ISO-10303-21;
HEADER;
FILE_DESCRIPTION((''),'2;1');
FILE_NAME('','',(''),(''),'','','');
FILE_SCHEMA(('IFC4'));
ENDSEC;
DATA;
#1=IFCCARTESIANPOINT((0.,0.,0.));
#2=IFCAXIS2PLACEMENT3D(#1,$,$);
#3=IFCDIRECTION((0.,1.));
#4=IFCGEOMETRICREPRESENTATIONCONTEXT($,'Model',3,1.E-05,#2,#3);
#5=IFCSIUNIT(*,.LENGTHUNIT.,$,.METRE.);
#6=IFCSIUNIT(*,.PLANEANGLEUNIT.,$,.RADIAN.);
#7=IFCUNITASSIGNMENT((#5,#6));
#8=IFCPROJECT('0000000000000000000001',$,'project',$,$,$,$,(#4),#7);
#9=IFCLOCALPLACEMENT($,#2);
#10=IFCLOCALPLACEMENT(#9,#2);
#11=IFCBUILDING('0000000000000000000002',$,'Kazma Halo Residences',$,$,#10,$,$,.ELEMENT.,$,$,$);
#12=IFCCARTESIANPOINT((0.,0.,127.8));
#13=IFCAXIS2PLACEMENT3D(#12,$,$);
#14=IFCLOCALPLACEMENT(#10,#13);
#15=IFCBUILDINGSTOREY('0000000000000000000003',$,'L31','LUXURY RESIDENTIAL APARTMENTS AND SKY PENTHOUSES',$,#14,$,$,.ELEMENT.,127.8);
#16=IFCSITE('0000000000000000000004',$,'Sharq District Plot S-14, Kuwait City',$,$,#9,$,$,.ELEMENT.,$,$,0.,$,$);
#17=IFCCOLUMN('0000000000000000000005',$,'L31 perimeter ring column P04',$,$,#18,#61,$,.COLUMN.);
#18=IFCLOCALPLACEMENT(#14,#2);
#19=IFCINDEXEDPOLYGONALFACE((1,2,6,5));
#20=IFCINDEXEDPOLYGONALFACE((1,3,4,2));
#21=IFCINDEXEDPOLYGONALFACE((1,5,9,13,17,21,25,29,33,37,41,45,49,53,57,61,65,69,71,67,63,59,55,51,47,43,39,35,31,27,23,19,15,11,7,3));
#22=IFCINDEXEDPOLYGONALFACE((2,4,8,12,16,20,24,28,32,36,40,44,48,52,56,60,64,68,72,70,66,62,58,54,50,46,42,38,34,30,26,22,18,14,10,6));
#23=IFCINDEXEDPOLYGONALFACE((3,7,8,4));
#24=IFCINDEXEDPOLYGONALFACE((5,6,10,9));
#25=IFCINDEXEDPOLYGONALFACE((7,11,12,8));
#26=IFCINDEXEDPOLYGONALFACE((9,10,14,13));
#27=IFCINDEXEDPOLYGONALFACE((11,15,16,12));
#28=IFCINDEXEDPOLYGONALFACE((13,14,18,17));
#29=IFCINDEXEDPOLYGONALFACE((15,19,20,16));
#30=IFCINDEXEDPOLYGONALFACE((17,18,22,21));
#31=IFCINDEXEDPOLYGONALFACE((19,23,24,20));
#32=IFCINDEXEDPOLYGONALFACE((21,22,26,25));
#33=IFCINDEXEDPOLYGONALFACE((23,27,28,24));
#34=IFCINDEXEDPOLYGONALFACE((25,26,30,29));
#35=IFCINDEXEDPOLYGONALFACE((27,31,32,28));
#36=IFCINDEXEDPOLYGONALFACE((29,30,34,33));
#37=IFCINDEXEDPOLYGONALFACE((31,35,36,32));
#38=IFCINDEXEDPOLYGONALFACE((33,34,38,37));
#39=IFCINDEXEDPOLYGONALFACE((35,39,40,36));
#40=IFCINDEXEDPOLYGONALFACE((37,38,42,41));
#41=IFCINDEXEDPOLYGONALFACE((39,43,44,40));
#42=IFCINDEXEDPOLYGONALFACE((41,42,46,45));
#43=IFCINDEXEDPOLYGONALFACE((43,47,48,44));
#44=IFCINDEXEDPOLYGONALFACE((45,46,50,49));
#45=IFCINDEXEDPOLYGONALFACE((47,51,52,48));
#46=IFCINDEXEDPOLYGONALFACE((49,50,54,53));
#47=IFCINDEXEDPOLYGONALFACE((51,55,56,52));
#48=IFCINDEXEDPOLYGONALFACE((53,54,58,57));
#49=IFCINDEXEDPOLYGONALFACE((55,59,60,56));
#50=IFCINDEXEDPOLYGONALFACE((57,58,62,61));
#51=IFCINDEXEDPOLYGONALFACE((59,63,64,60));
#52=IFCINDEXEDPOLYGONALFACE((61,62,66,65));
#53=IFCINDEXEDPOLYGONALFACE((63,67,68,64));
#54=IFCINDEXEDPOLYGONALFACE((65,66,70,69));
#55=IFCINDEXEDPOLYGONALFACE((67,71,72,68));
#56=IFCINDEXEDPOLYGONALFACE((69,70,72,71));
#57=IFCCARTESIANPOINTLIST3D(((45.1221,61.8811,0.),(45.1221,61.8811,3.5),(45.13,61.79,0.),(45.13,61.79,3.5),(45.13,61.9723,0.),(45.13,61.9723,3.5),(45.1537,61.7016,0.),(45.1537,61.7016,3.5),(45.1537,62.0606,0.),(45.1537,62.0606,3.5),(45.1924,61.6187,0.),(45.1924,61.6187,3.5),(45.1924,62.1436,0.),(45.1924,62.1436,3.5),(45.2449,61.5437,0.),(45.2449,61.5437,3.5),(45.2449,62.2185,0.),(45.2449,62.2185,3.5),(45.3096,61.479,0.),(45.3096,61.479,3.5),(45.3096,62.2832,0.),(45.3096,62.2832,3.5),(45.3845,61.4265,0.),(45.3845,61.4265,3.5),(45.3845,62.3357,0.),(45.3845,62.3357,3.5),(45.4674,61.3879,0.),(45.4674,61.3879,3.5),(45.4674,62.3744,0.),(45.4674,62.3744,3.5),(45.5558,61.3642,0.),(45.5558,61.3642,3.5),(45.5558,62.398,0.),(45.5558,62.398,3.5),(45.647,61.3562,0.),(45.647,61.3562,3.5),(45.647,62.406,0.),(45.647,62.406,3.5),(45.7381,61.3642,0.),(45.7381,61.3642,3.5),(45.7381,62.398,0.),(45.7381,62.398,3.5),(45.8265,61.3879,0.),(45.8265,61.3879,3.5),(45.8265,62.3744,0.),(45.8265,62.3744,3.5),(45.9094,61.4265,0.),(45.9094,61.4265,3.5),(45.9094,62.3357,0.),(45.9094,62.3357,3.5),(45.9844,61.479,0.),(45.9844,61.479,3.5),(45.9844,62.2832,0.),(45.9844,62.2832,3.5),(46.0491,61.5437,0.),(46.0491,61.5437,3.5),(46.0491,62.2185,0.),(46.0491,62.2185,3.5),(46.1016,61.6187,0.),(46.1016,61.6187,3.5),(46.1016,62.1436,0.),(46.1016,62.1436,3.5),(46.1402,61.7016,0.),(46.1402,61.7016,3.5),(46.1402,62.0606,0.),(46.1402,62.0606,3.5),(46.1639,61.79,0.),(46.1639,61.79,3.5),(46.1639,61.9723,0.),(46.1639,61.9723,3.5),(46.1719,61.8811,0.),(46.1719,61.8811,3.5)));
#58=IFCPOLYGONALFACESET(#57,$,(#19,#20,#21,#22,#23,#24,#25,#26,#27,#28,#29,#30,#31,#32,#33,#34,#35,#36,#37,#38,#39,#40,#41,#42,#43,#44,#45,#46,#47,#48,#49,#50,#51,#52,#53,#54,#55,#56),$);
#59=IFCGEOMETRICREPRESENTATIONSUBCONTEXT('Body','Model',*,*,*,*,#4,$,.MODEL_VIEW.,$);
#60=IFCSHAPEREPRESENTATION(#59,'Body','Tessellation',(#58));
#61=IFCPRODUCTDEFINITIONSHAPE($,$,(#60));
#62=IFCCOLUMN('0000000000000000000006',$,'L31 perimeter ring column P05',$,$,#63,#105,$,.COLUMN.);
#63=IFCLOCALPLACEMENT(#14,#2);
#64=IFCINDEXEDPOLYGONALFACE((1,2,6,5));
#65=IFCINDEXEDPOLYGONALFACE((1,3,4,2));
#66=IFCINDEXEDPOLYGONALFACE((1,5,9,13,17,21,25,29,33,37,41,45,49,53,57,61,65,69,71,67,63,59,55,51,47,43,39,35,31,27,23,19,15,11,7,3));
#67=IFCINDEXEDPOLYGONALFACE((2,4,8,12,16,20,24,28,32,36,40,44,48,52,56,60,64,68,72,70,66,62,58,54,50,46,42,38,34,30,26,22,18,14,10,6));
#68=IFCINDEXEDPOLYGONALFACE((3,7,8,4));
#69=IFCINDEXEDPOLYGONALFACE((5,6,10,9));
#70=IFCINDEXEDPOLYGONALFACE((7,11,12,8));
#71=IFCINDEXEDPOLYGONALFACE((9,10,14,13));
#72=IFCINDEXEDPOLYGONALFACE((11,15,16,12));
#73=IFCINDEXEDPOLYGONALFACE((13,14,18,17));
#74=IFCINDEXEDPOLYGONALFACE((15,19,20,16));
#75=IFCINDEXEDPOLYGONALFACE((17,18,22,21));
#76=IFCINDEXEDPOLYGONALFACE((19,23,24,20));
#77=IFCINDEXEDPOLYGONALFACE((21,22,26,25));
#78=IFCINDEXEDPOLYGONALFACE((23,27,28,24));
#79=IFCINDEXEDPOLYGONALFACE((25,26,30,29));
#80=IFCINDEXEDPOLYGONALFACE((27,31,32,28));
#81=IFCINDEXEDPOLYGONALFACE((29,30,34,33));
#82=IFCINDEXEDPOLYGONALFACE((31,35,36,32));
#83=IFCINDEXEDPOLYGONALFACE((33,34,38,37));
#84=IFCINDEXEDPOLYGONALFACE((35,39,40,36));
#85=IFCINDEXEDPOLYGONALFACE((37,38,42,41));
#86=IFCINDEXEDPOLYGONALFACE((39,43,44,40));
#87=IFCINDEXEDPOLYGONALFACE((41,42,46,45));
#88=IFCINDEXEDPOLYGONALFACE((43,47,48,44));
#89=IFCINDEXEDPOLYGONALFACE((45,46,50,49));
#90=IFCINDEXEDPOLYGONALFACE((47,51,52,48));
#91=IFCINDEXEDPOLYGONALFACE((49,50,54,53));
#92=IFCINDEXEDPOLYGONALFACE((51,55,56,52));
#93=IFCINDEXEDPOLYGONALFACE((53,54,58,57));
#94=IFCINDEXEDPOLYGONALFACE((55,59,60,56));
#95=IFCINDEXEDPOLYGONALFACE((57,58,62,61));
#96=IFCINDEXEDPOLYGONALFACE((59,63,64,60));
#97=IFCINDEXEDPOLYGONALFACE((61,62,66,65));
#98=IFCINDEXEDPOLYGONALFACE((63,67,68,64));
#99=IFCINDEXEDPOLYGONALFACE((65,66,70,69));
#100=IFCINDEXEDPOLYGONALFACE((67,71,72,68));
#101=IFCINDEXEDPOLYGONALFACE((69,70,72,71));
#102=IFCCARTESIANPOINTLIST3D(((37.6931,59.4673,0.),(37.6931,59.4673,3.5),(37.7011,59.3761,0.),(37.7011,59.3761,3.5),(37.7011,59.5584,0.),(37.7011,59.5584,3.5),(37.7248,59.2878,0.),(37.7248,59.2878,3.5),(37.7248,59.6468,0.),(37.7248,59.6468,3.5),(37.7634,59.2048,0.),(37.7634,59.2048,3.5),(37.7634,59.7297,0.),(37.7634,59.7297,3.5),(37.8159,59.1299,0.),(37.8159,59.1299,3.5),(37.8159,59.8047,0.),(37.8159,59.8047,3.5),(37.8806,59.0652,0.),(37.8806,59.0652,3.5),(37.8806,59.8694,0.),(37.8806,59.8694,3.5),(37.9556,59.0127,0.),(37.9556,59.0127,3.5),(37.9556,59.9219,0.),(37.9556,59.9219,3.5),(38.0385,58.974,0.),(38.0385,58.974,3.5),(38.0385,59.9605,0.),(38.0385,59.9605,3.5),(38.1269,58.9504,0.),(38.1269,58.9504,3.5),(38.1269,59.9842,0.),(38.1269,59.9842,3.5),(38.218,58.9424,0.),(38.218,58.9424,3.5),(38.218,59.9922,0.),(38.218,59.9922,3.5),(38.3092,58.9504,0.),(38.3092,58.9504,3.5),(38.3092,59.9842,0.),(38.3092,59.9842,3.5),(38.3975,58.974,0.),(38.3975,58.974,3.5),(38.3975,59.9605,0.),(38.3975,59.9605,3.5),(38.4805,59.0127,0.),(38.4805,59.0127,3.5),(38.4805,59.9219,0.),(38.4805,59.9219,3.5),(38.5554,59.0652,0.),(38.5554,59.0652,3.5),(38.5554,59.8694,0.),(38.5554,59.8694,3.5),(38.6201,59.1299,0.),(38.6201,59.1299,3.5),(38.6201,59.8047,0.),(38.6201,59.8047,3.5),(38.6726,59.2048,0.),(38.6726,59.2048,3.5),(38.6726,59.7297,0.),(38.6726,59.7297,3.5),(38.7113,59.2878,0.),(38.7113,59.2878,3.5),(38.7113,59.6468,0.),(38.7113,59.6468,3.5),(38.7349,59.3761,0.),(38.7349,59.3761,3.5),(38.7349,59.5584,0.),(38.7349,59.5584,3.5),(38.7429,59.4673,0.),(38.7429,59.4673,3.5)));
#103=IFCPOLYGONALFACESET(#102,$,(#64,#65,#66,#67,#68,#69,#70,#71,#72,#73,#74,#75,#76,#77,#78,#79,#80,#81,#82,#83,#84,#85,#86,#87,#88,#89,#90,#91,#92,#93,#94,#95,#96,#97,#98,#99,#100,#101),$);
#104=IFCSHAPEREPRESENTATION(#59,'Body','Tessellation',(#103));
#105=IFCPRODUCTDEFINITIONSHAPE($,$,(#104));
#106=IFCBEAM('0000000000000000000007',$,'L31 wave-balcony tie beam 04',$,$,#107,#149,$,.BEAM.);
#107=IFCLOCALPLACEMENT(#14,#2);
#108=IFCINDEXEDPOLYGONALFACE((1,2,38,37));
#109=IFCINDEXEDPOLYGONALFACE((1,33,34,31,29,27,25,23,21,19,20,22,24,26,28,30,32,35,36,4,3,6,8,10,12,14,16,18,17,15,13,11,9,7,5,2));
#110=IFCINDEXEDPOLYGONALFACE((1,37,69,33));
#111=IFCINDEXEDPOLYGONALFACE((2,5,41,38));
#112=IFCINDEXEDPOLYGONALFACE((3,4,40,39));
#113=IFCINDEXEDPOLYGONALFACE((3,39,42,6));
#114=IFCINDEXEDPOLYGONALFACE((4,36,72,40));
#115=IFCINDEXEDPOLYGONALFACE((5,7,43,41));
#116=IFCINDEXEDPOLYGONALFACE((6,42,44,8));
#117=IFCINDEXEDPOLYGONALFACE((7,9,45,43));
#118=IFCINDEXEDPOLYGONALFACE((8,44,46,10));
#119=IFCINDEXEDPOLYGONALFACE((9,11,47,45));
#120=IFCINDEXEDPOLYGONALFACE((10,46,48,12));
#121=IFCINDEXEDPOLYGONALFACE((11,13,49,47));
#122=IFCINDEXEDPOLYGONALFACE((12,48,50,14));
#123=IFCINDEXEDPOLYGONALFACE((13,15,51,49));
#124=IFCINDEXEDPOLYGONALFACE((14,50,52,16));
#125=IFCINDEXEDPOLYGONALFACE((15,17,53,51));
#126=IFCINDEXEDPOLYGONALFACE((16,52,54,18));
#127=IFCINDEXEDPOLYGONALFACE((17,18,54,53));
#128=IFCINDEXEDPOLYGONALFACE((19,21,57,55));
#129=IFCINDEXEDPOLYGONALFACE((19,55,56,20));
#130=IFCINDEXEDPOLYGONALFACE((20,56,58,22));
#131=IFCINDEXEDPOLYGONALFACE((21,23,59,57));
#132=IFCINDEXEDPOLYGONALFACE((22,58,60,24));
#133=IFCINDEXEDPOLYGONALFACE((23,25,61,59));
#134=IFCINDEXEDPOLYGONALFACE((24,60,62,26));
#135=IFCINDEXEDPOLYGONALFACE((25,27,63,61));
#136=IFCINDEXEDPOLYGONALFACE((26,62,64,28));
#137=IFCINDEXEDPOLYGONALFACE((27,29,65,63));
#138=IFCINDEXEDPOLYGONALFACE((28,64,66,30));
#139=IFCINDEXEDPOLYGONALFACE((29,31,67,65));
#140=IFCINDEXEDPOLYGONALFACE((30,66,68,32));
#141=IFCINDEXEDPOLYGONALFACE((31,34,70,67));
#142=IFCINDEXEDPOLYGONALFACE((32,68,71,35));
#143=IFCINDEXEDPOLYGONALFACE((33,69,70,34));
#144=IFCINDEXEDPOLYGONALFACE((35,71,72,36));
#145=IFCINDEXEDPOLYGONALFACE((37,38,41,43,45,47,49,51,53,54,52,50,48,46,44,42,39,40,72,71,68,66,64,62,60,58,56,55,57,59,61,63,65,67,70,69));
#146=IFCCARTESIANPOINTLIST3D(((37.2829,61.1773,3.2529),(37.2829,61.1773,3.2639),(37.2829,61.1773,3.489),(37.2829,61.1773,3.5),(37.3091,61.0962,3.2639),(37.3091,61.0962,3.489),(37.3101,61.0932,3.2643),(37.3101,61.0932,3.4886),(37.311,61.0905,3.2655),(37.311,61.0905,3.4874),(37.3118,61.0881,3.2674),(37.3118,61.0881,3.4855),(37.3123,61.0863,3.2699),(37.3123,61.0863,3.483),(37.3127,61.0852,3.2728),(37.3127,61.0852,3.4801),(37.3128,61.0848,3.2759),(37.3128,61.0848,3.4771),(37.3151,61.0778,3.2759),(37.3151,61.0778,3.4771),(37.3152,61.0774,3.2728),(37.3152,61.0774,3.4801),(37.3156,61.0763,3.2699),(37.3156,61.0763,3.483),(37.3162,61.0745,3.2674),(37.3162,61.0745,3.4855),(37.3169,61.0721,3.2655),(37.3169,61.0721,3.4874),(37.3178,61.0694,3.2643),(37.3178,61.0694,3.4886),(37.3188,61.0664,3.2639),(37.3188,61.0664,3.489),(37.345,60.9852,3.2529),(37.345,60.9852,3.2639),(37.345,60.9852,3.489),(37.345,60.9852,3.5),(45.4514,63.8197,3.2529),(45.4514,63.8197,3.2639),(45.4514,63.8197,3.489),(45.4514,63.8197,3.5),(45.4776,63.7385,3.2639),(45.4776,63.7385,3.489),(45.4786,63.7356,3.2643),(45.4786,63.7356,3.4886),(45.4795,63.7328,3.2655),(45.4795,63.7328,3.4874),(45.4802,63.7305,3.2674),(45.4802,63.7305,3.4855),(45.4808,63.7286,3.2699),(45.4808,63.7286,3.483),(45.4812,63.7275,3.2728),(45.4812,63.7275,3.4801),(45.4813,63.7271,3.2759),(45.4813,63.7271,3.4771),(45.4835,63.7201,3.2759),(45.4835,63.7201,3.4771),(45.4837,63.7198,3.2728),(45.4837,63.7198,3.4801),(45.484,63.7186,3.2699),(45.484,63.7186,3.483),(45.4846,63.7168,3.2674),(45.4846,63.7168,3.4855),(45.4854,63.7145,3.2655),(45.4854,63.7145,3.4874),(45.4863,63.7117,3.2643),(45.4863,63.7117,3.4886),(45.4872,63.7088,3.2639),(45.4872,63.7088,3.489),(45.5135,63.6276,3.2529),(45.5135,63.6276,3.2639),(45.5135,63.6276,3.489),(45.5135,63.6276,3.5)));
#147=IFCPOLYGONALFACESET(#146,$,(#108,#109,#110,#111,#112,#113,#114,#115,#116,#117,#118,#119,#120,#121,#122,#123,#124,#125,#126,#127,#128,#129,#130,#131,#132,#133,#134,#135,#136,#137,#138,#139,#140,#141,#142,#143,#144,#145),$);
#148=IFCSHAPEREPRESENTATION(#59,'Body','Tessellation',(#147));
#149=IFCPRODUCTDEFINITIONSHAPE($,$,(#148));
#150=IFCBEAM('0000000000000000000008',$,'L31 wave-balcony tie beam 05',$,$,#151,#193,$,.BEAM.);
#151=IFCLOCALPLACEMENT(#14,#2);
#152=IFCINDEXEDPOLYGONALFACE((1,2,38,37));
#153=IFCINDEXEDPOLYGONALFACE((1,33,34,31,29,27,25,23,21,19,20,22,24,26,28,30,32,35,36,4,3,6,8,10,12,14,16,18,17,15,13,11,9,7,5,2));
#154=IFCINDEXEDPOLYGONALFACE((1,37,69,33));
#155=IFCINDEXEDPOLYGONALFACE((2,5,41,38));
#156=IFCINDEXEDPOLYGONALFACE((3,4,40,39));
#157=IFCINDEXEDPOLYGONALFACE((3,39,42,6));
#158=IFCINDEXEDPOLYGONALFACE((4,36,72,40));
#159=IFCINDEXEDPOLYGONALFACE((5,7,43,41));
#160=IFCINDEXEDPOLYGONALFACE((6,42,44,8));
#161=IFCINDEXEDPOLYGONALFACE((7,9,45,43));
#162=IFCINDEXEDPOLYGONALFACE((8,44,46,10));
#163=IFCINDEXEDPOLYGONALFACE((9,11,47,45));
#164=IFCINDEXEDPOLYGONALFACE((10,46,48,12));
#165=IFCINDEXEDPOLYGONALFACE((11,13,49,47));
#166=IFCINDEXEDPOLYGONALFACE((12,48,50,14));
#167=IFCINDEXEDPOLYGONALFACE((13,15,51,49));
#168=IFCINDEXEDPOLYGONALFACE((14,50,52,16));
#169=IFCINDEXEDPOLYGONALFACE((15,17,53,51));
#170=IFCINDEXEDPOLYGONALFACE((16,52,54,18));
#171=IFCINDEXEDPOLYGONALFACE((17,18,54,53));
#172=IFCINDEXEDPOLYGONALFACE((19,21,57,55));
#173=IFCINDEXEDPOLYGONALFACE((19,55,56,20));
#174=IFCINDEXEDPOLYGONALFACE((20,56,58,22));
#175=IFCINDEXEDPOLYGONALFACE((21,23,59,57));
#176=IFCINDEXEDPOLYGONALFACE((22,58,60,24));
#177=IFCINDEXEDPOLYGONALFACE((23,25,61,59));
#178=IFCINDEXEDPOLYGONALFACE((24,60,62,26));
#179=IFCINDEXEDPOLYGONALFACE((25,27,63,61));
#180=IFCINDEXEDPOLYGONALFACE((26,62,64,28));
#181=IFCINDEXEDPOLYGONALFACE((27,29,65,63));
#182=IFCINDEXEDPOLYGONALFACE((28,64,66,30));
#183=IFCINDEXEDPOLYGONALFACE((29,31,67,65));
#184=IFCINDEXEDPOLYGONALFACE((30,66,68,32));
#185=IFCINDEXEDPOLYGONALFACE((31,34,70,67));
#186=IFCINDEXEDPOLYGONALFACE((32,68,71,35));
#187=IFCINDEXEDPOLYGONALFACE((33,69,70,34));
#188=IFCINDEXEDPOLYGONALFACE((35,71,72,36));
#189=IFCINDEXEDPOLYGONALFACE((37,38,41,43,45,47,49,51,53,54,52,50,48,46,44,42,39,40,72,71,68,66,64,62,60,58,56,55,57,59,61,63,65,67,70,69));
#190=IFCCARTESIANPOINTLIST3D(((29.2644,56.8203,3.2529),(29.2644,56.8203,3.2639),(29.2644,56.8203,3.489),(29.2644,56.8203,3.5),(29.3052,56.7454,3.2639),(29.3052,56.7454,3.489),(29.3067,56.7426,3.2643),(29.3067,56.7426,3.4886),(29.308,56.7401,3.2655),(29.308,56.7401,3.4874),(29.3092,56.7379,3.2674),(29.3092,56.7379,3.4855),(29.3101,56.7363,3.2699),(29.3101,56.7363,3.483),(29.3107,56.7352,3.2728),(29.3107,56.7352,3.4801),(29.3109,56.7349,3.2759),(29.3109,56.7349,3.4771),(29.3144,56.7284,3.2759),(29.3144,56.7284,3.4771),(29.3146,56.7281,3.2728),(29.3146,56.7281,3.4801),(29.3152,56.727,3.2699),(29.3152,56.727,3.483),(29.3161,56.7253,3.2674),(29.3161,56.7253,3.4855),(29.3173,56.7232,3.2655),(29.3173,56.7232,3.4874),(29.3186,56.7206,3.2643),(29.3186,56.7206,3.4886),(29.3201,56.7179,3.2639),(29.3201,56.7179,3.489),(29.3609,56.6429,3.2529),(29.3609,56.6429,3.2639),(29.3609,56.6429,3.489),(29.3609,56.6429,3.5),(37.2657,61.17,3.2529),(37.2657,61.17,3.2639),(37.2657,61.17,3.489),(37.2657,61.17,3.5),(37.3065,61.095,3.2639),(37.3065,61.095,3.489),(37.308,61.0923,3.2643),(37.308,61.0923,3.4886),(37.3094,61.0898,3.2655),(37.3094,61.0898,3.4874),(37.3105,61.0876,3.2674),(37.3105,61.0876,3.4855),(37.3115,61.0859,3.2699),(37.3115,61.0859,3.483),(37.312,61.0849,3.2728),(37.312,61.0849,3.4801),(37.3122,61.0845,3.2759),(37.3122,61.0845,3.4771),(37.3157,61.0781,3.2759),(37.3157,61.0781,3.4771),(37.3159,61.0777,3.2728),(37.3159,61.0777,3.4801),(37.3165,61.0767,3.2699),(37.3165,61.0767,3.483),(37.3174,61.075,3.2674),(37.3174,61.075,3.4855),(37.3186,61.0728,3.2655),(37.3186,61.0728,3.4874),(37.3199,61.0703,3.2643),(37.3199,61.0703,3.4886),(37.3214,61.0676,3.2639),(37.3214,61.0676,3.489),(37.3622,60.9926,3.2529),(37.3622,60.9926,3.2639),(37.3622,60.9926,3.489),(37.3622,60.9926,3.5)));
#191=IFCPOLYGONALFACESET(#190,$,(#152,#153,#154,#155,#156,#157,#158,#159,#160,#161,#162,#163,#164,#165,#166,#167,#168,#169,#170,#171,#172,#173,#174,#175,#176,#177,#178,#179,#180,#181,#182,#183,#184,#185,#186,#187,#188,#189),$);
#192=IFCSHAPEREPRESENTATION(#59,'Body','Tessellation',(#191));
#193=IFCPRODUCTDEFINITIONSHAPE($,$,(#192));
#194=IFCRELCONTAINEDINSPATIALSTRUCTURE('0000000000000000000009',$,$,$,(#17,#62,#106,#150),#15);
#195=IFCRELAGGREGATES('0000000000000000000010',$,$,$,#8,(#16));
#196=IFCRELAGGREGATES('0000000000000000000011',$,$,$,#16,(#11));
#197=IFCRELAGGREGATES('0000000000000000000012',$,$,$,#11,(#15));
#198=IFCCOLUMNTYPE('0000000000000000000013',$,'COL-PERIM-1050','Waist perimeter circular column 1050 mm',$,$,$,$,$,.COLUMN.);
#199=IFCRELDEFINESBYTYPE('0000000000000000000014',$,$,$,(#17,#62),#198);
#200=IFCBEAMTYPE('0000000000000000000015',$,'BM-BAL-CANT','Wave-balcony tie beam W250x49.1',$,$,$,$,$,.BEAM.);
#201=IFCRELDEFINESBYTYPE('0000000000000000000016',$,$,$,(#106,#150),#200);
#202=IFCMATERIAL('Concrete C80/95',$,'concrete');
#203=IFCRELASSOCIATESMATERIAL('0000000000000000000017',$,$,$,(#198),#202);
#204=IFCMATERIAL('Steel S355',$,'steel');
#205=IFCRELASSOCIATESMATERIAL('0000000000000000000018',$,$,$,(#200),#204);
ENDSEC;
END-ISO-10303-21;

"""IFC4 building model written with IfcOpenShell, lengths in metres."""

from ifc_helpers import new_model, si_unit, direction, frame, origin, origin_2d, place, context, subcontext, project, spatial, circle, i_section, extrude, material, material_profile, profile_set, type_object, element, save


model = new_model("IFC4")

# Units and contexts
model_context = context("Model", 3, precision=1e-05, world=origin(), true_north=direction((0.0, 1.0)))
body_context = subcontext(model_context, "Body", "Model", "MODEL_VIEW")
ifc_project = project(units=[si_unit("LENGTHUNIT", "METRE"), si_unit("PLANEANGLEUNIT", "RADIAN")], contexts=[model_context])

# Site, building, storey
site_placement = place(None, origin())
site = spatial("IfcSite", under=ifc_project, at=site_placement, Name="Sharq District Plot S-14, Kuwait City", CompositionType="ELEMENT", RefElevation=0.0)
building_placement = place(site_placement, origin())
building = spatial("IfcBuilding", under=site, at=building_placement, Name="Kazma Halo Residences", CompositionType="ELEMENT")
storey_placement = place(building_placement, frame((0.0, 0.0, 127.8)))
storey = spatial("IfcBuildingStorey", under=building, at=storey_placement, Name="L31", Description="LUXURY RESIDENTIAL APARTMENTS AND SKY PENTHOUSES", CompositionType="ELEMENT", Elevation=127.8)

# Columns
ifc_material_1 = material(Name="Concrete C80/95", Category="concrete")
ifc_material_profile_1 = material_profile(ifc_material_1, circle(Radius=0.5249, at=origin_2d()), Name="CIRC1050")
ifc_profile_set_1 = profile_set([ifc_material_profile_1], Name="Concrete C80/95")
column_type = type_object("IfcColumnType", Name="COL-PERIM-1050", Description="Waist perimeter circular column 1050 mm", PredefinedType="COLUMN", material=ifc_profile_set_1)
for number, where, z_axis, x_axis, name in (
    (1, (45.647, 61.8811, 0.0), (0.0, 0.0, 1.0), (1.0, 0.0, 0.0), "L31 perimeter ring column P04"),
    (2, (38.218, 59.4673, 0.0), (0.0, 0.0, 1.0), (1.0, 0.0, 0.0), "L31 perimeter ring column P05"),
):
    element("IfcColumn", number, at=place(storey_placement, frame(where, z_axis=z_axis, x_axis=x_axis)), inside=storey, type_object=column_type, Name=name, PredefinedType="COLUMN", context=body_context, shape_type="SweptSolid", body=[
        extrude(circle(Radius=0.5249, at=origin_2d()), origin(), (0.0, 0.0, 1.0), 3.5),
    ])

# Beams
ifc_material_2 = material(Name="Steel S355", Category="steel")
ifc_material_profile_2 = material_profile(ifc_material_2, i_section(OverallWidth=0.2019, OverallDepth=0.2471, WebThickness=0.0073, FlangeThickness=0.011, FilletRadius=0.012, at=origin_2d()), Name="W250x49.1")
ifc_profile_set_2 = profile_set([ifc_material_profile_2], Name="Steel S355")
beam_type_1 = type_object("IfcBeamType", Name="BM-BAL-CANT", Description="Wave-balcony tie beam W250x49.1", PredefinedType="BEAM", material=ifc_profile_set_2)
beam_1_placement = place(storey_placement, frame((45.4824, 63.7236, 3.3765), z_axis=(-0.951458, -0.307778, 0.0), x_axis=(0.307778, -0.951458, 0.0)))
element("IfcBeam", 3, at=beam_1_placement, inside=storey, type_object=beam_type_1, Name="L31 wave-balcony tie beam 04", PredefinedType="BEAM", context=body_context, shape_type="SweptSolid", body=[
    extrude(i_section(OverallWidth=0.2019, OverallDepth=0.2471, WebThickness=0.0073, FlangeThickness=0.011, FilletRadius=0.012, at=origin_2d()), origin(), (0.0, 0.0, 1.0), 8.5852),
])
beam_2_placement = place(storey_placement, frame((37.314, 61.0813, 3.3765), z_axis=(-0.878573, -0.477608, 0.0), x_axis=(0.477608, -0.878573, 0.0)))
element("IfcBeam", 4, at=beam_2_placement, inside=storey, type_object=beam_type_1, Name="L31 wave-balcony tie beam 05", PredefinedType="BEAM", context=body_context, shape_type="SweptSolid", body=[
    extrude(i_section(OverallWidth=0.2019, OverallDepth=0.2471, WebThickness=0.0073, FlangeThickness=0.011, FilletRadius=0.012, at=origin_2d()), origin(), (0.0, 0.0, 1.0), 9.1072),
])

save(model, "model.ifc")
